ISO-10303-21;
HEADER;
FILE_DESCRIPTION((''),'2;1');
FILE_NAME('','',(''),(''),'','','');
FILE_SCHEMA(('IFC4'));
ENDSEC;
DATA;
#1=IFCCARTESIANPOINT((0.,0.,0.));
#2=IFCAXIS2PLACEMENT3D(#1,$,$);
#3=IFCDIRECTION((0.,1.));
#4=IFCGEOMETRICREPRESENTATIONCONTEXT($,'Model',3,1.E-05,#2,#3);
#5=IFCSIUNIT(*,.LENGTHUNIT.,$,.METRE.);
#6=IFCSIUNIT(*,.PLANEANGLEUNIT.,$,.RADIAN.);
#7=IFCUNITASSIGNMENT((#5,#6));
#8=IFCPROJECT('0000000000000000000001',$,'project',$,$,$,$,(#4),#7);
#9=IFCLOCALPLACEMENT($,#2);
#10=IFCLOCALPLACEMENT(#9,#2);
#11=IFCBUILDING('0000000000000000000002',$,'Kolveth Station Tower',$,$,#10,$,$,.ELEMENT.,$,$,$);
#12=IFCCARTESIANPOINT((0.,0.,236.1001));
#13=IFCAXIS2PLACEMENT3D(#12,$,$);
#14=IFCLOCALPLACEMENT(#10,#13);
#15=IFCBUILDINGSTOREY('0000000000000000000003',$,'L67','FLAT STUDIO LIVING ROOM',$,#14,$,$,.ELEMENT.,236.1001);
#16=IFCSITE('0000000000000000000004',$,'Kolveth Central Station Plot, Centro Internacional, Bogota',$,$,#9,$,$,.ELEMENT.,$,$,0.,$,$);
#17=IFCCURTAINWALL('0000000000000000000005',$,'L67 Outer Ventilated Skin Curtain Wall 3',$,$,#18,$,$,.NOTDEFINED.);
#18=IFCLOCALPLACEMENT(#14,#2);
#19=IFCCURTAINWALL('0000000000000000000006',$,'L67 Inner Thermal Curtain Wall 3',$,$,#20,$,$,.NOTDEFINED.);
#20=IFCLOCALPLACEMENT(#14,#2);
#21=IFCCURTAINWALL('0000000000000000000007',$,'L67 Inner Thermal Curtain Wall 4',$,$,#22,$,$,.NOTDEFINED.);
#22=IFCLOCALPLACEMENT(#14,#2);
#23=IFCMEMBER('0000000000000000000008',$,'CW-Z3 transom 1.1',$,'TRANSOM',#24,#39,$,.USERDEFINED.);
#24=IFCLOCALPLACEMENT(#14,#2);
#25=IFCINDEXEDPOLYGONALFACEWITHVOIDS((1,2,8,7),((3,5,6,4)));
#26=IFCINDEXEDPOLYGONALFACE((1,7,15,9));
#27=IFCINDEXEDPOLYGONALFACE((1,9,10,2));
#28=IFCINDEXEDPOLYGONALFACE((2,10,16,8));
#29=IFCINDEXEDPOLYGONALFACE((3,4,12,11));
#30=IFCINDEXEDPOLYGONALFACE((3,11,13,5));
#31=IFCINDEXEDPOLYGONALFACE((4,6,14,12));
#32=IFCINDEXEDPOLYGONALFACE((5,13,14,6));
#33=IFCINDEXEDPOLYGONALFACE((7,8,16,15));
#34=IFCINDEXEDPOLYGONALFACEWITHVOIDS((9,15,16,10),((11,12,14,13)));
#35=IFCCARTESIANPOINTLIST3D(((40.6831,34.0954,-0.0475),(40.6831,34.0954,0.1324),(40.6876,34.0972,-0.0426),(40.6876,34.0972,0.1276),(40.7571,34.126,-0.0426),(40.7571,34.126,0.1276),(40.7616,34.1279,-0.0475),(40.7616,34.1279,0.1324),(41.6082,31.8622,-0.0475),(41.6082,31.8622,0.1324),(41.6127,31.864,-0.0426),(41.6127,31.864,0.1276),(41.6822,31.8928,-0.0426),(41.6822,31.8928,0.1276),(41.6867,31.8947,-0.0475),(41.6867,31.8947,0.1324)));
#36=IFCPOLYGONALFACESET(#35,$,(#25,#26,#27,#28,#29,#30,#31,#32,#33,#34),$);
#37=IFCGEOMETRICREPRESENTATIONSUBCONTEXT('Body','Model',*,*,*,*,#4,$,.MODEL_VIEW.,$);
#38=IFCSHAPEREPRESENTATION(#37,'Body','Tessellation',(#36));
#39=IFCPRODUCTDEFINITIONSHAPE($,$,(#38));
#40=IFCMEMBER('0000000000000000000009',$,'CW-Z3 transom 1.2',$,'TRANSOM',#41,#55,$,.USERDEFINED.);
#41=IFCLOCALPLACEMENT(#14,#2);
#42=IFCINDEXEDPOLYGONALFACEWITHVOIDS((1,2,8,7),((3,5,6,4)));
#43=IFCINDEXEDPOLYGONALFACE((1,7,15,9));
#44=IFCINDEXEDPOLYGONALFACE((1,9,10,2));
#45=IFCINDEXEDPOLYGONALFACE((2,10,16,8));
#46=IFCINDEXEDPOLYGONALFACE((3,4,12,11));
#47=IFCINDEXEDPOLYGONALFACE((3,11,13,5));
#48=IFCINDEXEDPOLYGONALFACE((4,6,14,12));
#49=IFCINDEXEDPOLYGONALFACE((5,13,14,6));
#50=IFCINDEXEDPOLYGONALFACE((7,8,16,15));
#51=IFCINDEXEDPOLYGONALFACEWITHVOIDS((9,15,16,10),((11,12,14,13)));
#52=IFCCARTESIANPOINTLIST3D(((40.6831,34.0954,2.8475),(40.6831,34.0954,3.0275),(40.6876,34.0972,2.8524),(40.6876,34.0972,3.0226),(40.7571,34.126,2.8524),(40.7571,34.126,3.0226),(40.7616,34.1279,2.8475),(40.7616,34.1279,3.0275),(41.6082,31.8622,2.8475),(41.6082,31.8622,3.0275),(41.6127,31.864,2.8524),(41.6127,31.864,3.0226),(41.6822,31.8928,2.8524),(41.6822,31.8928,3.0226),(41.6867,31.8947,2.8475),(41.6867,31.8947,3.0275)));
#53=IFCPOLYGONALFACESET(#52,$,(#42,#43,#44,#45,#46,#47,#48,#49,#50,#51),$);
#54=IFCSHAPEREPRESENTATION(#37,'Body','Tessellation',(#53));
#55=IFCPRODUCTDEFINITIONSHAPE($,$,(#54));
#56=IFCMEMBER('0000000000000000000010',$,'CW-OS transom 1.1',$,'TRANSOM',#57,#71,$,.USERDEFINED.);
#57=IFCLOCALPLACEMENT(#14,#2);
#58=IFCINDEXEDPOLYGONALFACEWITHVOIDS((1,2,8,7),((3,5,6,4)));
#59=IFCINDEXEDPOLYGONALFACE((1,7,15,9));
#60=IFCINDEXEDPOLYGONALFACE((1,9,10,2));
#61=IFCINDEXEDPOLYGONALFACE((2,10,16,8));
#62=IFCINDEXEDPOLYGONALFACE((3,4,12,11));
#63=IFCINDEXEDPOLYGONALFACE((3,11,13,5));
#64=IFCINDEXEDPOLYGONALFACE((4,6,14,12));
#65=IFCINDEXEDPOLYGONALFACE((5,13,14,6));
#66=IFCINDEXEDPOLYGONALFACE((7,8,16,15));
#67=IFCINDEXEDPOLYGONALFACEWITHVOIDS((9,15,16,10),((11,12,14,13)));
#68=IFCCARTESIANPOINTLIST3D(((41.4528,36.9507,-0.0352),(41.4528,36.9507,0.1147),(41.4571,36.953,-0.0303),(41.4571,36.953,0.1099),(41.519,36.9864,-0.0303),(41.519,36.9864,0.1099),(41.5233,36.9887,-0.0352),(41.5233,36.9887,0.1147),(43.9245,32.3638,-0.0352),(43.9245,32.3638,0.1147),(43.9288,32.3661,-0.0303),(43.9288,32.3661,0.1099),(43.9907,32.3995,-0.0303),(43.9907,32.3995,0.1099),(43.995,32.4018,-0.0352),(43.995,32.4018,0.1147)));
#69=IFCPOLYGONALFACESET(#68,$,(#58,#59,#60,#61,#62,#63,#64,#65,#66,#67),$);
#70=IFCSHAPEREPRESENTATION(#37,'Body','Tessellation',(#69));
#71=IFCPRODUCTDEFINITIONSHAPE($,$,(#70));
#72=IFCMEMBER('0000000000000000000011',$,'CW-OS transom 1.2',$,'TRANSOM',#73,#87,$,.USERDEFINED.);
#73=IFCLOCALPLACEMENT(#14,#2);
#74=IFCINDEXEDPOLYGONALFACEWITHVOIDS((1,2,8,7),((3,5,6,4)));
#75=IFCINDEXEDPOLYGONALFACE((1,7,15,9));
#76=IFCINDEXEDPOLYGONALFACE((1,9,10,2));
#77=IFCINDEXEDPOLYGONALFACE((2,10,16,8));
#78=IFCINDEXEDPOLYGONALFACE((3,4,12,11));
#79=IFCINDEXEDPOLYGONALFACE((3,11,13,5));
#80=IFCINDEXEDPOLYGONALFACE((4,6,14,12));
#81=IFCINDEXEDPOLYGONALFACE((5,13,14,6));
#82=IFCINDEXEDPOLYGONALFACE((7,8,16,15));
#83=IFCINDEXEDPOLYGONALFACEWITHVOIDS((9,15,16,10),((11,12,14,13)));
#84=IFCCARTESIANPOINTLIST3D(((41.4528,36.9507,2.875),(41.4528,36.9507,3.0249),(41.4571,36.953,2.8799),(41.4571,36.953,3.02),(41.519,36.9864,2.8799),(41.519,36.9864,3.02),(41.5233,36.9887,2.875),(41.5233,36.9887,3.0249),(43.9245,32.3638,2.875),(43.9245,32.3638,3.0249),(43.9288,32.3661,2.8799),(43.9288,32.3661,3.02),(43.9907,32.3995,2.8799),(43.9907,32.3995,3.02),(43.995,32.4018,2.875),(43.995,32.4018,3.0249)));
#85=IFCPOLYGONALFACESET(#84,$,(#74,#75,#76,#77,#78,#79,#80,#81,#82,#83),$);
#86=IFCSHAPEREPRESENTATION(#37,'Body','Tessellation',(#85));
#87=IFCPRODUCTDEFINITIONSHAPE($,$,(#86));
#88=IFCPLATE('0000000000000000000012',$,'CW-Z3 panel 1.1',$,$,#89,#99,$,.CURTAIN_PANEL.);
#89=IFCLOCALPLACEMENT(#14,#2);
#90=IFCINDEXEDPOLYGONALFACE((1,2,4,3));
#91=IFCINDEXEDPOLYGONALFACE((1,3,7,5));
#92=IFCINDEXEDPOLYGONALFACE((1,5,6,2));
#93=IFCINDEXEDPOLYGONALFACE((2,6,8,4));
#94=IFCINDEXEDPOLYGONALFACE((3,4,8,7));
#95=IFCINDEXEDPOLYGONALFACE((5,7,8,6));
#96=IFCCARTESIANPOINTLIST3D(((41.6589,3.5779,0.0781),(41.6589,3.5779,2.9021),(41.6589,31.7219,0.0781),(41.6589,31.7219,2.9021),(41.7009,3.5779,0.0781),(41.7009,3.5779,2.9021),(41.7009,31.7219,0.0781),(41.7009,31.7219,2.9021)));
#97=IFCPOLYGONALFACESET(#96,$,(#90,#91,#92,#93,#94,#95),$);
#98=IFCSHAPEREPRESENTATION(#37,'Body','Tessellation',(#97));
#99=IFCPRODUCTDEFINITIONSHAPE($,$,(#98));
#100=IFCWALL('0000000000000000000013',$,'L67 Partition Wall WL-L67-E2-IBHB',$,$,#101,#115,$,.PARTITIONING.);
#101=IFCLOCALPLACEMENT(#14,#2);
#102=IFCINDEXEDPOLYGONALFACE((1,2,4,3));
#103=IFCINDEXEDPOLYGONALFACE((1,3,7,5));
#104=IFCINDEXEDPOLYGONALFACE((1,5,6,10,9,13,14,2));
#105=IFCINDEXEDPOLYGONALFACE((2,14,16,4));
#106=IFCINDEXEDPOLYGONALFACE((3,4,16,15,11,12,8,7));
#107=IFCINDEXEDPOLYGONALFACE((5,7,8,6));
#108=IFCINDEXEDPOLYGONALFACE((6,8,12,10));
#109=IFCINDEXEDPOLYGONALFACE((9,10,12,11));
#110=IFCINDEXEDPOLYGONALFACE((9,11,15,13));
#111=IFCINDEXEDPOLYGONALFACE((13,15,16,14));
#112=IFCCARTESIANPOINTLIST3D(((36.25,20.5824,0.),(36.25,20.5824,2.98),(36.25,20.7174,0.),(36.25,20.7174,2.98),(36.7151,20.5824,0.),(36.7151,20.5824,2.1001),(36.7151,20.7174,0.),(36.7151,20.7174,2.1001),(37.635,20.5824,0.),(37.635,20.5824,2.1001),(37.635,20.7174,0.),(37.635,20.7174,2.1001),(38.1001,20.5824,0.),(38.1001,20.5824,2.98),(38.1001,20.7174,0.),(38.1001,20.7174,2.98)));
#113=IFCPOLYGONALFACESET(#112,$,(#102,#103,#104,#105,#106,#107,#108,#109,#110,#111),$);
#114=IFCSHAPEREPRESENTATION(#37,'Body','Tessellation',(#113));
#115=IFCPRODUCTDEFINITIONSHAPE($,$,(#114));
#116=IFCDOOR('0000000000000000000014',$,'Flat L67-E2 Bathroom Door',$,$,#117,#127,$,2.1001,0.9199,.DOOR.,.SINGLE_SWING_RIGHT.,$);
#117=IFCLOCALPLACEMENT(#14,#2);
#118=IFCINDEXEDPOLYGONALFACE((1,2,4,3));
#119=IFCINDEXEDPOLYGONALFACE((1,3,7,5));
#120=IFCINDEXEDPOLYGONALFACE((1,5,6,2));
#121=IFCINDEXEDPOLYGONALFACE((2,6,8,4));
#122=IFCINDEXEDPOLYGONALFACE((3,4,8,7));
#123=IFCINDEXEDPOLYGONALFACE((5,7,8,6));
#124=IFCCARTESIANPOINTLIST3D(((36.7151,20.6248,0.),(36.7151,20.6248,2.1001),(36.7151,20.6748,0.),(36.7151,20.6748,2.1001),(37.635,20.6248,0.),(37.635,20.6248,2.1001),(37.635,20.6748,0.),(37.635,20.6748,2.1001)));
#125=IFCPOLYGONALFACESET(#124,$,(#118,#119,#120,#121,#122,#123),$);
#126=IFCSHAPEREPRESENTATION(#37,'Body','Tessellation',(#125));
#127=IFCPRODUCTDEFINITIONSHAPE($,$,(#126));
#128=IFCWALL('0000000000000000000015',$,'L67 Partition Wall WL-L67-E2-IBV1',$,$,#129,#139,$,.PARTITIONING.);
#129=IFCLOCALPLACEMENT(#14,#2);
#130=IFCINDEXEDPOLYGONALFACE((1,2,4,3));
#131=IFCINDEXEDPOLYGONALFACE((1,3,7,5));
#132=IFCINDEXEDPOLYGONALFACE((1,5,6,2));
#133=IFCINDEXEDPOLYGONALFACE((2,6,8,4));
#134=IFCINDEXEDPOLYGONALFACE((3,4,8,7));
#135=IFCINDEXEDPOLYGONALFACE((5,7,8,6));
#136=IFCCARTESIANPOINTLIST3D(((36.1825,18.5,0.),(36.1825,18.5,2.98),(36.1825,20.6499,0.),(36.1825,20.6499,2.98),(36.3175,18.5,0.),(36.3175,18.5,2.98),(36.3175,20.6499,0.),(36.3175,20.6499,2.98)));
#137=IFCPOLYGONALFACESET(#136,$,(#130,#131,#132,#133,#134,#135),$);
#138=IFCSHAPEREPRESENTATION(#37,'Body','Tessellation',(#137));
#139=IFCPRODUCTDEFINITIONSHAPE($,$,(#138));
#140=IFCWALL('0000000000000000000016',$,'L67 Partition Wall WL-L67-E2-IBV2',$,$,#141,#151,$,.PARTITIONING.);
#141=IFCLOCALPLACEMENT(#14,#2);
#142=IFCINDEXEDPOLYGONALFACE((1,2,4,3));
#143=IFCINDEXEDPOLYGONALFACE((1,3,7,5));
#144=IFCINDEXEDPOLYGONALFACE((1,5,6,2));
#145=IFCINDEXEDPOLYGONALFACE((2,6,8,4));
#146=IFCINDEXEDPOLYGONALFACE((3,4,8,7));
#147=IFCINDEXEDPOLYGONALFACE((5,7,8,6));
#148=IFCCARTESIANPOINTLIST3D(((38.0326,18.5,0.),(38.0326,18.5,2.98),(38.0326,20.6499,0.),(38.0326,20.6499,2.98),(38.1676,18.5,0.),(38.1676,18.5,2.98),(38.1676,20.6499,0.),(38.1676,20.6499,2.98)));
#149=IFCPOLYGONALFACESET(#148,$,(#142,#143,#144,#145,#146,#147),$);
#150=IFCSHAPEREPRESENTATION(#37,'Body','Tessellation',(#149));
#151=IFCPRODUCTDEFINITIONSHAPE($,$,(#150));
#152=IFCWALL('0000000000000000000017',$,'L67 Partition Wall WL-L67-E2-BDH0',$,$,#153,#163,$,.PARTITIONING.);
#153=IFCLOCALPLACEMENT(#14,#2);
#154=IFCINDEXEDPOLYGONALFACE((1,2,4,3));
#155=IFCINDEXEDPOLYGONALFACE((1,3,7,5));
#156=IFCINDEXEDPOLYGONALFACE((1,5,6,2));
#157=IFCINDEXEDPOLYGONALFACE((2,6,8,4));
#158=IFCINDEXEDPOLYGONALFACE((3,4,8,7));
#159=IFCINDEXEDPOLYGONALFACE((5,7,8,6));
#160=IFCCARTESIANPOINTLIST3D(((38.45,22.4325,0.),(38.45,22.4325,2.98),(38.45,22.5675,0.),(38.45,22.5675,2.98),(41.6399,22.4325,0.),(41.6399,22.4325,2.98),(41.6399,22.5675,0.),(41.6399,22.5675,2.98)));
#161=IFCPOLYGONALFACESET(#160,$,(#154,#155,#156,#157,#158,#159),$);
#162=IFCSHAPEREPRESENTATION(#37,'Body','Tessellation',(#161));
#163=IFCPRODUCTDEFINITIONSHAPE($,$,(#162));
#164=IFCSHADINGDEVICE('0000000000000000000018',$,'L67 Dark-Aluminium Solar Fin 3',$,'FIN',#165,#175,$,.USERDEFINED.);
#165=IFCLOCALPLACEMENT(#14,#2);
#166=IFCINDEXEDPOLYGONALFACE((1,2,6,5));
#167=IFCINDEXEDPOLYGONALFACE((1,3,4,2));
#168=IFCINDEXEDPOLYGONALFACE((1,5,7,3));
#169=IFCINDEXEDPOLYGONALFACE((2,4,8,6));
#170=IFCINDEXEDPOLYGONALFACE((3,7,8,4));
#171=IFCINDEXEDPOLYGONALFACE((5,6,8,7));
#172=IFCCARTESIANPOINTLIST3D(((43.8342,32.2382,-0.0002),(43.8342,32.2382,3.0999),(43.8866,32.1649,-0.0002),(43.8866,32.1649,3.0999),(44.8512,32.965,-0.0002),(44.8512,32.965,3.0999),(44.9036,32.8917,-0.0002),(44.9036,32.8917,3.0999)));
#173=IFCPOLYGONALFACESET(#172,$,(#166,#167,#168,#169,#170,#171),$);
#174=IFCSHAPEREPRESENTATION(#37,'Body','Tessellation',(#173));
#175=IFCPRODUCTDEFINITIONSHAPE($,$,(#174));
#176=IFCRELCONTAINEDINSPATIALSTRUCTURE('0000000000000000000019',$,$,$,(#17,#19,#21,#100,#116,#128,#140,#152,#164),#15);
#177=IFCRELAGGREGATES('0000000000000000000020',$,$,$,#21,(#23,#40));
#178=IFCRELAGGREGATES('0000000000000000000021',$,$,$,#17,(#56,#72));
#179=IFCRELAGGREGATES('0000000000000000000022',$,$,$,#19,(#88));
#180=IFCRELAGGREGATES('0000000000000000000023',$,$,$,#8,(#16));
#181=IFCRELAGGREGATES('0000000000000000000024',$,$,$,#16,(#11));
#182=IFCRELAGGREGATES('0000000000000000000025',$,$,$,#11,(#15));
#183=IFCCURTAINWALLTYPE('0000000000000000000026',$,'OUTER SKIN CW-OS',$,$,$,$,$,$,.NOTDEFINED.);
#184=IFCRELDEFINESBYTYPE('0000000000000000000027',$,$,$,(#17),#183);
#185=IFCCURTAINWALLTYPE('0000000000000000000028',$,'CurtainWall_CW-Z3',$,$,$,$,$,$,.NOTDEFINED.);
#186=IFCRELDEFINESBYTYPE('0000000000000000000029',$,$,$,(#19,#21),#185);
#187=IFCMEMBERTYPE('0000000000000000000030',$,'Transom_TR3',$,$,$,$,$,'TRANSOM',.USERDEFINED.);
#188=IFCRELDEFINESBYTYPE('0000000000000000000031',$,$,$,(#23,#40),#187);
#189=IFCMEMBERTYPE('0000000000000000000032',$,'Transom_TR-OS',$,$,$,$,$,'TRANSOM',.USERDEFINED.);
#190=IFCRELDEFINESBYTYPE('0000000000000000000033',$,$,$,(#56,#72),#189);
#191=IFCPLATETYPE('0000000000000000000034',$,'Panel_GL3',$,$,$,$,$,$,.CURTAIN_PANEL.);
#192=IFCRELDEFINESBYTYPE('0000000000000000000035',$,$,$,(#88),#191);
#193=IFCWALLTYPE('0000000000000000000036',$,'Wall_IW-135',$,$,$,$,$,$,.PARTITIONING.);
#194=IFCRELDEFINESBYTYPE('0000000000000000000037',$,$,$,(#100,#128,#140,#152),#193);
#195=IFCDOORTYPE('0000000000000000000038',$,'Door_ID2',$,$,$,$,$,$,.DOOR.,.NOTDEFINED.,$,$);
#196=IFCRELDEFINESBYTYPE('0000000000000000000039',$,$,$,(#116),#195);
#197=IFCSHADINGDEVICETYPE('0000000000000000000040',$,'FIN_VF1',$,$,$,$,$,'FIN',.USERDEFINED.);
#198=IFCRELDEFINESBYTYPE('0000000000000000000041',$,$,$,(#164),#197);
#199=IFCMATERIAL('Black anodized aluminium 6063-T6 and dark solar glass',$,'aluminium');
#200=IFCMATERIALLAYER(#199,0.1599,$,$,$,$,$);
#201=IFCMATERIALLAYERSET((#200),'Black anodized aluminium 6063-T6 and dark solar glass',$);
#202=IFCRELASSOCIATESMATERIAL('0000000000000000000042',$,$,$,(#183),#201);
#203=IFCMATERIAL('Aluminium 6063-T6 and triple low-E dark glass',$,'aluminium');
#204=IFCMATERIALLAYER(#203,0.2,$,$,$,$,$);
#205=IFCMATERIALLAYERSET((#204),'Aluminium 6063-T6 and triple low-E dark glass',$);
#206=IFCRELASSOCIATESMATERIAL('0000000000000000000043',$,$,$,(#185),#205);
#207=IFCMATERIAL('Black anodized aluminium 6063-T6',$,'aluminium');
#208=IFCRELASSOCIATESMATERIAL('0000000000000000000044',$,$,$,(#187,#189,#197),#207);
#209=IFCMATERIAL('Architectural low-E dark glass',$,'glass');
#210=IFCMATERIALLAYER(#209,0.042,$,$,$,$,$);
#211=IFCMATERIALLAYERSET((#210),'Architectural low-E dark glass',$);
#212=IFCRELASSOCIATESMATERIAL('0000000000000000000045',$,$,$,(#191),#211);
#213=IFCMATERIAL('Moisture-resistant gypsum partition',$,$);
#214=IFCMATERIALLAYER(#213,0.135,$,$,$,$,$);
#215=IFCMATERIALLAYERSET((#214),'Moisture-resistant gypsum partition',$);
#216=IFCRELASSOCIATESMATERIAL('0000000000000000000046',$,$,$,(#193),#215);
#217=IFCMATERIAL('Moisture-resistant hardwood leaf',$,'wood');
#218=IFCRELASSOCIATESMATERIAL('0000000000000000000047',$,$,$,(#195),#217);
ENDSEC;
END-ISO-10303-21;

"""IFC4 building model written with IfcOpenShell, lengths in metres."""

from ifc_helpers import new_model, si_unit, direction, frame, frame_2d, origin, origin_2d, place, context, subcontext, project, spatial, rectangle, hollow_rectangle, extrude, source, transform, mapped, material, layer, layer_set, material_profile, profile_set, type_object, element, fill, aggregate, save


model = new_model("IFC4")

# Units and contexts
model_context = context("Model", 3, precision=1e-05, world=origin(), true_north=direction((0.0, 1.0)))
body_context = subcontext(model_context, "Body", "Model", "MODEL_VIEW")
ifc_project = project(units=[si_unit("LENGTHUNIT", "METRE"), si_unit("PLANEANGLEUNIT", "RADIAN")], contexts=[model_context])

# Site, building, storey
site_placement = place(None, origin())
site = spatial("IfcSite", under=ifc_project, at=site_placement, Name="Kolveth Central Station Plot, Centro Internacional, Bogota", CompositionType="ELEMENT", RefElevation=0.0)
building_placement = place(site_placement, origin())
building = spatial("IfcBuilding", under=site, at=building_placement, Name="Kolveth Station Tower", CompositionType="ELEMENT")
storey_placement = place(building_placement, frame((0.0, 0.0, 236.1001)))
storey = spatial("IfcBuildingStorey", under=building, at=storey_placement, Name="L67", Description="FLAT STUDIO LIVING ROOM", CompositionType="ELEMENT", Elevation=236.1001)

# Curtain walls
ifc_material_1 = material(Name="Black anodized aluminium 6063-T6 and dark solar glass", Category="aluminium")
ifc_layer_1 = layer(ifc_material_1, 0.1599)
ifc_layer_set_1 = layer_set([ifc_layer_1], Name="Black anodized aluminium 6063-T6 and dark solar glass")
curtain_wall_type_1 = type_object("IfcCurtainWallType", Name="OUTER SKIN CW-OS", PredefinedType="NOTDEFINED", material=ifc_layer_set_1)
ifc_material_2 = material(Name="Black anodized aluminium 6063-T6", Category="aluminium")
curtain_wall_1_placement = place(storey_placement, origin())
curtain_wall_1 = element("IfcCurtainWall", 1, at=curtain_wall_1_placement, inside=storey, type_object=curtain_wall_type_1, Name="L67 Outer Ventilated Skin Curtain Wall 3", PredefinedType="NOTDEFINED")
ifc_material_3 = material(Name="Aluminium 6063-T6 and triple low-E dark glass", Category="aluminium")
ifc_layer_2 = layer(ifc_material_3, 0.2)
ifc_layer_set_2 = layer_set([ifc_layer_2], Name="Aluminium 6063-T6 and triple low-E dark glass")
curtain_wall_type_2 = type_object("IfcCurtainWallType", Name="CurtainWall_CW-Z3", PredefinedType="NOTDEFINED", material=ifc_layer_set_2)
curtain_wall_2_placement = place(storey_placement, origin())
curtain_wall_2 = element("IfcCurtainWall", 2, at=curtain_wall_2_placement, inside=storey, type_object=curtain_wall_type_2, Name="L67 Inner Thermal Curtain Wall 3", PredefinedType="NOTDEFINED")

# Curtain wall, members
curtain_wall_3_placement = place(storey_placement, origin())
curtain_wall_3 = element("IfcCurtainWall", 3, at=curtain_wall_3_placement, inside=storey, type_object=curtain_wall_type_2, Name="L67 Inner Thermal Curtain Wall 4", PredefinedType="NOTDEFINED")
ifc_material_profile_1 = material_profile(ifc_material_2, hollow_rectangle(XDim=0.085, YDim=0.1799, WallThickness=0.0049, at=origin_2d()), Name="ALU-85x180x5")
ifc_profile_set_1 = profile_set([ifc_material_profile_1], Name="Black anodized aluminium 6063-T6")
member_type_1 = type_object("IfcMemberType", Name="Transom_TR3", ElementType="TRANSOM", PredefinedType="USERDEFINED", material=ifc_profile_set_1)
shared_shape_1 = source(origin(), body_context, "Body", "SweptSolid", [
    extrude(hollow_rectangle(XDim=0.085, YDim=0.1799, WallThickness=0.0049, at=origin_2d()), origin(), (0.0, 0.0, 1.0), 2.4172),
])
member_1_placement = place(storey_placement, frame((41.6475, 31.8784, 0.0425), z_axis=(-0.3827, 0.923873, 0.0), x_axis=(-0.923873, -0.3827, 0.0)))
member_1 = element("IfcMember", 4, at=member_1_placement, type_object=member_type_1, Name="CW-Z3 transom 1.1", ObjectType="TRANSOM", PredefinedType="USERDEFINED", context=body_context, shape_type="MappedRepresentation", body=[
    mapped(shared_shape_1, transform((0.0, 0.0, 0.0), x_axis=(1.0, 0.0, 0.0), y_axis=(0.0, 1.0, 0.0), z_axis=(0.0, 0.0, 1.0), scale=1.0)),
])
member_2_placement = place(storey_placement, frame((41.6475, 31.8784, 2.9375), z_axis=(-0.3827, 0.923873, 0.0), x_axis=(-0.923873, -0.3827, 0.0)))
member_2 = element("IfcMember", 5, at=member_2_placement, type_object=member_type_1, Name="CW-Z3 transom 1.2", ObjectType="TRANSOM", PredefinedType="USERDEFINED", context=body_context, shape_type="MappedRepresentation", body=[
    mapped(shared_shape_1, transform((0.0, 0.0, 0.0), x_axis=(1.0, 0.0, 0.0), y_axis=(0.0, 1.0, 0.0), z_axis=(0.0, 0.0, 1.0), scale=1.0)),
])
aggregate(curtain_wall_3, [member_1, member_2])

# Members
ifc_material_profile_2 = material_profile(ifc_material_2, hollow_rectangle(XDim=0.0801, YDim=0.1499, WallThickness=0.0049, at=origin_2d()), Name="ALU-80x150x5")
ifc_profile_set_2 = profile_set([ifc_material_profile_2], Name="Black anodized aluminium 6063-T6")
member_type_2 = type_object("IfcMemberType", Name="Transom_TR-OS", ElementType="TRANSOM", PredefinedType="USERDEFINED", material=ifc_profile_set_2)
shared_shape_2 = source(origin(), body_context, "Body", "SweptSolid", [
    extrude(hollow_rectangle(XDim=0.0801, YDim=0.1499, WallThickness=0.0049, at=origin_2d()), origin(), (0.0, 0.0, 1.0), 5.2104),
])
member_3_placement = place(storey_placement, frame((43.9597, 32.3828, 0.0398), z_axis=(-0.474368, 0.880327, 0.0), x_axis=(-0.880327, -0.474368, 0.0)))
member_3 = element("IfcMember", 6, at=member_3_placement, type_object=member_type_2, Name="CW-OS transom 1.1", ObjectType="TRANSOM", PredefinedType="USERDEFINED", context=body_context, shape_type="MappedRepresentation", body=[
    mapped(shared_shape_2, transform((0.0, 0.0, 0.0), x_axis=(1.0, 0.0, 0.0), y_axis=(0.0, 1.0, 0.0), z_axis=(0.0, 0.0, 1.0), scale=1.0)),
])
member_4_placement = place(storey_placement, frame((43.9597, 32.3828, 2.95), z_axis=(-0.474368, 0.880327, 0.0), x_axis=(-0.880327, -0.474368, 0.0)))
member_4 = element("IfcMember", 7, at=member_4_placement, type_object=member_type_2, Name="CW-OS transom 1.2", ObjectType="TRANSOM", PredefinedType="USERDEFINED", context=body_context, shape_type="MappedRepresentation", body=[
    mapped(shared_shape_2, transform((0.0, 0.0, 0.0), x_axis=(1.0, 0.0, 0.0), y_axis=(0.0, 1.0, 0.0), z_axis=(0.0, 0.0, 1.0), scale=1.0)),
])
aggregate(curtain_wall_1, [member_3, member_4])

# Plate
ifc_material_4 = material(Name="Architectural low-E dark glass", Category="glass")
ifc_layer_3 = layer(ifc_material_4, 0.042)
ifc_layer_set_3 = layer_set([ifc_layer_3], Name="Architectural low-E dark glass")
plate_type = type_object("IfcPlateType", Name="Panel_GL3", PredefinedType="CURTAIN_PANEL", material=ifc_layer_set_3)
shared_shape_3 = source(origin(), body_context, "Body", "SweptSolid", [
    extrude(rectangle(XDim=28.144, YDim=0.042, at=origin_2d()), origin(), (0.0, 0.0, 1.0), 2.824),
])
plate_placement = place(storey_placement, frame((41.6799, 17.6499, 0.0781), z_axis=(0.0, 0.0, 1.0), x_axis=(0.0, 1.0, 0.0)))
plate = element("IfcPlate", 8, at=plate_placement, type_object=plate_type, Name="CW-Z3 panel 1.1", PredefinedType="CURTAIN_PANEL", context=body_context, shape_type="MappedRepresentation", body=[
    mapped(shared_shape_3, transform((0.0, 0.0, 0.0), x_axis=(1.0, 0.0, 0.0), y_axis=(0.0, 1.0, 0.0), z_axis=(0.0, 0.0, 1.0), scale=1.0)),
])
aggregate(curtain_wall_2, [plate])

# Wall, opening, door
ifc_material_5 = material(Name="Moisture-resistant gypsum partition")
ifc_layer_4 = layer(ifc_material_5, 0.135)
ifc_layer_set_4 = layer_set([ifc_layer_4], Name="Moisture-resistant gypsum partition")
wall_type = type_object("IfcWallType", Name="Wall_IW-135", PredefinedType="PARTITIONING", material=ifc_layer_set_4)
wall_1_placement = place(storey_placement, frame((36.25, 20.6499, 0.0), z_axis=(0.0, 0.0, 1.0), x_axis=(1.0, 0.0, 0.0)))
wall_1 = element("IfcWall", 9, at=wall_1_placement, inside=storey, type_object=wall_type, Name="L67 Partition Wall WL-L67-E2-IBHB", PredefinedType="PARTITIONING", context=body_context, shape_type="SweptSolid", body=[
    extrude(rectangle(XDim=1.8501, YDim=0.135, at=frame_2d((0.925, 0.0))), origin(), (0.0, 0.0, 1.0), 2.98),
])
opening_1_placement = place(wall_1_placement, frame((0.4651, 0.0, 0.0)))
opening_1 = element("IfcOpeningElement", 10, at=opening_1_placement, cuts=wall_1, PredefinedType="OPENING", context=body_context, shape_type="SweptSolid", body=[
    extrude(rectangle(XDim=0.9199, YDim=2.1001, at=frame_2d((0.46, 1.05))), frame((0.0, 0.0774, 0.0), z_axis=(0.0, -1.0, 0.0), x_axis=(1.0, 0.0, 0.0)), (0.0, 0.0, 1.0), 0.155),
])
ifc_material_6 = material(Name="Moisture-resistant hardwood leaf", Category="wood")
door_type_1 = type_object("IfcDoorType", Name="Door_ID2", OperationType="NOTDEFINED", PredefinedType="DOOR", material=ifc_material_6)
door_1_placement = place(opening_1_placement, origin())
door_1 = element("IfcDoor", 11, at=door_1_placement, inside=storey, type_object=door_type_1, Name="Flat L67-E2 Bathroom Door", OperationType="SINGLE_SWING_RIGHT", OverallHeight=2.1001, OverallWidth=0.9199, PredefinedType="DOOR", context=body_context, shape_type="SweptSolid", body=[
    extrude(rectangle(XDim=0.9199, YDim=2.1001, at=frame_2d((0.46, 1.05))), frame((0.0, 0.0249, 0.0), z_axis=(0.0, -1.0, 0.0), x_axis=(1.0, 0.0, 0.0)), (0.0, 0.0, 1.0), 0.05),
])
fill(opening_1, door_1)

# Walls
for number, where, z_axis, x_axis, name in (
    (12, (36.25, 18.5, 0.0), (0.0, 0.0, 1.0), (0.0, 1.0, 0.0), "L67 Partition Wall WL-L67-E2-IBV1"),
    (13, (38.1001, 18.5, 0.0), (0.0, 0.0, 1.0), (0.0, 1.0, 0.0), "L67 Partition Wall WL-L67-E2-IBV2"),
):
    element("IfcWall", number, at=place(storey_placement, frame(where, z_axis=z_axis, x_axis=x_axis)), inside=storey, type_object=wall_type, Name=name, PredefinedType="PARTITIONING", context=body_context, shape_type="SweptSolid", body=[
        extrude(rectangle(XDim=2.1499, YDim=0.135, at=frame_2d((1.075, 0.0))), origin(), (0.0, 0.0, 1.0), 2.98),
    ])
wall_2_placement = place(storey_placement, frame((38.45, 22.5, 0.0), z_axis=(0.0, 0.0, 1.0), x_axis=(1.0, 0.0, 0.0)))
element("IfcWall", 14, at=wall_2_placement, inside=storey, type_object=wall_type, Name="L67 Partition Wall WL-L67-E2-BDH0", PredefinedType="PARTITIONING", context=body_context, shape_type="SweptSolid", body=[
    extrude(rectangle(XDim=3.1899, YDim=0.135, at=frame_2d((1.595, 0.0))), origin(), (0.0, 0.0, 1.0), 2.98),
])

# Shading device
shading_device_type = type_object("IfcShadingDeviceType", Name="FIN_VF1", ElementType="FIN", PredefinedType="USERDEFINED", material=ifc_material_2)
shared_shape_4 = source(origin(), body_context, "Body", "SweptSolid", [
    extrude(rectangle(XDim=1.25, YDim=0.0901, at=origin_2d()), origin(), (0.0, 0.0, 1.0), 3.1001),
])
shading_device_placement = place(storey_placement, frame((44.3689, 32.5649, -0.0002), z_axis=(0.0, 0.0, 1.0), x_axis=(0.813608, 0.581413, 0.0)))
element("IfcShadingDevice", 15, at=shading_device_placement, inside=storey, type_object=shading_device_type, Name="L67 Dark-Aluminium Solar Fin 3", ObjectType="FIN", PredefinedType="USERDEFINED", context=body_context, shape_type="MappedRepresentation", body=[
    mapped(shared_shape_4, transform((0.0, 0.0, 0.0), x_axis=(1.0, 0.0, 0.0), y_axis=(0.0, 1.0, 0.0), z_axis=(0.0, 0.0, 1.0), scale=1.0)),
])

save(model, "model.ifc")
